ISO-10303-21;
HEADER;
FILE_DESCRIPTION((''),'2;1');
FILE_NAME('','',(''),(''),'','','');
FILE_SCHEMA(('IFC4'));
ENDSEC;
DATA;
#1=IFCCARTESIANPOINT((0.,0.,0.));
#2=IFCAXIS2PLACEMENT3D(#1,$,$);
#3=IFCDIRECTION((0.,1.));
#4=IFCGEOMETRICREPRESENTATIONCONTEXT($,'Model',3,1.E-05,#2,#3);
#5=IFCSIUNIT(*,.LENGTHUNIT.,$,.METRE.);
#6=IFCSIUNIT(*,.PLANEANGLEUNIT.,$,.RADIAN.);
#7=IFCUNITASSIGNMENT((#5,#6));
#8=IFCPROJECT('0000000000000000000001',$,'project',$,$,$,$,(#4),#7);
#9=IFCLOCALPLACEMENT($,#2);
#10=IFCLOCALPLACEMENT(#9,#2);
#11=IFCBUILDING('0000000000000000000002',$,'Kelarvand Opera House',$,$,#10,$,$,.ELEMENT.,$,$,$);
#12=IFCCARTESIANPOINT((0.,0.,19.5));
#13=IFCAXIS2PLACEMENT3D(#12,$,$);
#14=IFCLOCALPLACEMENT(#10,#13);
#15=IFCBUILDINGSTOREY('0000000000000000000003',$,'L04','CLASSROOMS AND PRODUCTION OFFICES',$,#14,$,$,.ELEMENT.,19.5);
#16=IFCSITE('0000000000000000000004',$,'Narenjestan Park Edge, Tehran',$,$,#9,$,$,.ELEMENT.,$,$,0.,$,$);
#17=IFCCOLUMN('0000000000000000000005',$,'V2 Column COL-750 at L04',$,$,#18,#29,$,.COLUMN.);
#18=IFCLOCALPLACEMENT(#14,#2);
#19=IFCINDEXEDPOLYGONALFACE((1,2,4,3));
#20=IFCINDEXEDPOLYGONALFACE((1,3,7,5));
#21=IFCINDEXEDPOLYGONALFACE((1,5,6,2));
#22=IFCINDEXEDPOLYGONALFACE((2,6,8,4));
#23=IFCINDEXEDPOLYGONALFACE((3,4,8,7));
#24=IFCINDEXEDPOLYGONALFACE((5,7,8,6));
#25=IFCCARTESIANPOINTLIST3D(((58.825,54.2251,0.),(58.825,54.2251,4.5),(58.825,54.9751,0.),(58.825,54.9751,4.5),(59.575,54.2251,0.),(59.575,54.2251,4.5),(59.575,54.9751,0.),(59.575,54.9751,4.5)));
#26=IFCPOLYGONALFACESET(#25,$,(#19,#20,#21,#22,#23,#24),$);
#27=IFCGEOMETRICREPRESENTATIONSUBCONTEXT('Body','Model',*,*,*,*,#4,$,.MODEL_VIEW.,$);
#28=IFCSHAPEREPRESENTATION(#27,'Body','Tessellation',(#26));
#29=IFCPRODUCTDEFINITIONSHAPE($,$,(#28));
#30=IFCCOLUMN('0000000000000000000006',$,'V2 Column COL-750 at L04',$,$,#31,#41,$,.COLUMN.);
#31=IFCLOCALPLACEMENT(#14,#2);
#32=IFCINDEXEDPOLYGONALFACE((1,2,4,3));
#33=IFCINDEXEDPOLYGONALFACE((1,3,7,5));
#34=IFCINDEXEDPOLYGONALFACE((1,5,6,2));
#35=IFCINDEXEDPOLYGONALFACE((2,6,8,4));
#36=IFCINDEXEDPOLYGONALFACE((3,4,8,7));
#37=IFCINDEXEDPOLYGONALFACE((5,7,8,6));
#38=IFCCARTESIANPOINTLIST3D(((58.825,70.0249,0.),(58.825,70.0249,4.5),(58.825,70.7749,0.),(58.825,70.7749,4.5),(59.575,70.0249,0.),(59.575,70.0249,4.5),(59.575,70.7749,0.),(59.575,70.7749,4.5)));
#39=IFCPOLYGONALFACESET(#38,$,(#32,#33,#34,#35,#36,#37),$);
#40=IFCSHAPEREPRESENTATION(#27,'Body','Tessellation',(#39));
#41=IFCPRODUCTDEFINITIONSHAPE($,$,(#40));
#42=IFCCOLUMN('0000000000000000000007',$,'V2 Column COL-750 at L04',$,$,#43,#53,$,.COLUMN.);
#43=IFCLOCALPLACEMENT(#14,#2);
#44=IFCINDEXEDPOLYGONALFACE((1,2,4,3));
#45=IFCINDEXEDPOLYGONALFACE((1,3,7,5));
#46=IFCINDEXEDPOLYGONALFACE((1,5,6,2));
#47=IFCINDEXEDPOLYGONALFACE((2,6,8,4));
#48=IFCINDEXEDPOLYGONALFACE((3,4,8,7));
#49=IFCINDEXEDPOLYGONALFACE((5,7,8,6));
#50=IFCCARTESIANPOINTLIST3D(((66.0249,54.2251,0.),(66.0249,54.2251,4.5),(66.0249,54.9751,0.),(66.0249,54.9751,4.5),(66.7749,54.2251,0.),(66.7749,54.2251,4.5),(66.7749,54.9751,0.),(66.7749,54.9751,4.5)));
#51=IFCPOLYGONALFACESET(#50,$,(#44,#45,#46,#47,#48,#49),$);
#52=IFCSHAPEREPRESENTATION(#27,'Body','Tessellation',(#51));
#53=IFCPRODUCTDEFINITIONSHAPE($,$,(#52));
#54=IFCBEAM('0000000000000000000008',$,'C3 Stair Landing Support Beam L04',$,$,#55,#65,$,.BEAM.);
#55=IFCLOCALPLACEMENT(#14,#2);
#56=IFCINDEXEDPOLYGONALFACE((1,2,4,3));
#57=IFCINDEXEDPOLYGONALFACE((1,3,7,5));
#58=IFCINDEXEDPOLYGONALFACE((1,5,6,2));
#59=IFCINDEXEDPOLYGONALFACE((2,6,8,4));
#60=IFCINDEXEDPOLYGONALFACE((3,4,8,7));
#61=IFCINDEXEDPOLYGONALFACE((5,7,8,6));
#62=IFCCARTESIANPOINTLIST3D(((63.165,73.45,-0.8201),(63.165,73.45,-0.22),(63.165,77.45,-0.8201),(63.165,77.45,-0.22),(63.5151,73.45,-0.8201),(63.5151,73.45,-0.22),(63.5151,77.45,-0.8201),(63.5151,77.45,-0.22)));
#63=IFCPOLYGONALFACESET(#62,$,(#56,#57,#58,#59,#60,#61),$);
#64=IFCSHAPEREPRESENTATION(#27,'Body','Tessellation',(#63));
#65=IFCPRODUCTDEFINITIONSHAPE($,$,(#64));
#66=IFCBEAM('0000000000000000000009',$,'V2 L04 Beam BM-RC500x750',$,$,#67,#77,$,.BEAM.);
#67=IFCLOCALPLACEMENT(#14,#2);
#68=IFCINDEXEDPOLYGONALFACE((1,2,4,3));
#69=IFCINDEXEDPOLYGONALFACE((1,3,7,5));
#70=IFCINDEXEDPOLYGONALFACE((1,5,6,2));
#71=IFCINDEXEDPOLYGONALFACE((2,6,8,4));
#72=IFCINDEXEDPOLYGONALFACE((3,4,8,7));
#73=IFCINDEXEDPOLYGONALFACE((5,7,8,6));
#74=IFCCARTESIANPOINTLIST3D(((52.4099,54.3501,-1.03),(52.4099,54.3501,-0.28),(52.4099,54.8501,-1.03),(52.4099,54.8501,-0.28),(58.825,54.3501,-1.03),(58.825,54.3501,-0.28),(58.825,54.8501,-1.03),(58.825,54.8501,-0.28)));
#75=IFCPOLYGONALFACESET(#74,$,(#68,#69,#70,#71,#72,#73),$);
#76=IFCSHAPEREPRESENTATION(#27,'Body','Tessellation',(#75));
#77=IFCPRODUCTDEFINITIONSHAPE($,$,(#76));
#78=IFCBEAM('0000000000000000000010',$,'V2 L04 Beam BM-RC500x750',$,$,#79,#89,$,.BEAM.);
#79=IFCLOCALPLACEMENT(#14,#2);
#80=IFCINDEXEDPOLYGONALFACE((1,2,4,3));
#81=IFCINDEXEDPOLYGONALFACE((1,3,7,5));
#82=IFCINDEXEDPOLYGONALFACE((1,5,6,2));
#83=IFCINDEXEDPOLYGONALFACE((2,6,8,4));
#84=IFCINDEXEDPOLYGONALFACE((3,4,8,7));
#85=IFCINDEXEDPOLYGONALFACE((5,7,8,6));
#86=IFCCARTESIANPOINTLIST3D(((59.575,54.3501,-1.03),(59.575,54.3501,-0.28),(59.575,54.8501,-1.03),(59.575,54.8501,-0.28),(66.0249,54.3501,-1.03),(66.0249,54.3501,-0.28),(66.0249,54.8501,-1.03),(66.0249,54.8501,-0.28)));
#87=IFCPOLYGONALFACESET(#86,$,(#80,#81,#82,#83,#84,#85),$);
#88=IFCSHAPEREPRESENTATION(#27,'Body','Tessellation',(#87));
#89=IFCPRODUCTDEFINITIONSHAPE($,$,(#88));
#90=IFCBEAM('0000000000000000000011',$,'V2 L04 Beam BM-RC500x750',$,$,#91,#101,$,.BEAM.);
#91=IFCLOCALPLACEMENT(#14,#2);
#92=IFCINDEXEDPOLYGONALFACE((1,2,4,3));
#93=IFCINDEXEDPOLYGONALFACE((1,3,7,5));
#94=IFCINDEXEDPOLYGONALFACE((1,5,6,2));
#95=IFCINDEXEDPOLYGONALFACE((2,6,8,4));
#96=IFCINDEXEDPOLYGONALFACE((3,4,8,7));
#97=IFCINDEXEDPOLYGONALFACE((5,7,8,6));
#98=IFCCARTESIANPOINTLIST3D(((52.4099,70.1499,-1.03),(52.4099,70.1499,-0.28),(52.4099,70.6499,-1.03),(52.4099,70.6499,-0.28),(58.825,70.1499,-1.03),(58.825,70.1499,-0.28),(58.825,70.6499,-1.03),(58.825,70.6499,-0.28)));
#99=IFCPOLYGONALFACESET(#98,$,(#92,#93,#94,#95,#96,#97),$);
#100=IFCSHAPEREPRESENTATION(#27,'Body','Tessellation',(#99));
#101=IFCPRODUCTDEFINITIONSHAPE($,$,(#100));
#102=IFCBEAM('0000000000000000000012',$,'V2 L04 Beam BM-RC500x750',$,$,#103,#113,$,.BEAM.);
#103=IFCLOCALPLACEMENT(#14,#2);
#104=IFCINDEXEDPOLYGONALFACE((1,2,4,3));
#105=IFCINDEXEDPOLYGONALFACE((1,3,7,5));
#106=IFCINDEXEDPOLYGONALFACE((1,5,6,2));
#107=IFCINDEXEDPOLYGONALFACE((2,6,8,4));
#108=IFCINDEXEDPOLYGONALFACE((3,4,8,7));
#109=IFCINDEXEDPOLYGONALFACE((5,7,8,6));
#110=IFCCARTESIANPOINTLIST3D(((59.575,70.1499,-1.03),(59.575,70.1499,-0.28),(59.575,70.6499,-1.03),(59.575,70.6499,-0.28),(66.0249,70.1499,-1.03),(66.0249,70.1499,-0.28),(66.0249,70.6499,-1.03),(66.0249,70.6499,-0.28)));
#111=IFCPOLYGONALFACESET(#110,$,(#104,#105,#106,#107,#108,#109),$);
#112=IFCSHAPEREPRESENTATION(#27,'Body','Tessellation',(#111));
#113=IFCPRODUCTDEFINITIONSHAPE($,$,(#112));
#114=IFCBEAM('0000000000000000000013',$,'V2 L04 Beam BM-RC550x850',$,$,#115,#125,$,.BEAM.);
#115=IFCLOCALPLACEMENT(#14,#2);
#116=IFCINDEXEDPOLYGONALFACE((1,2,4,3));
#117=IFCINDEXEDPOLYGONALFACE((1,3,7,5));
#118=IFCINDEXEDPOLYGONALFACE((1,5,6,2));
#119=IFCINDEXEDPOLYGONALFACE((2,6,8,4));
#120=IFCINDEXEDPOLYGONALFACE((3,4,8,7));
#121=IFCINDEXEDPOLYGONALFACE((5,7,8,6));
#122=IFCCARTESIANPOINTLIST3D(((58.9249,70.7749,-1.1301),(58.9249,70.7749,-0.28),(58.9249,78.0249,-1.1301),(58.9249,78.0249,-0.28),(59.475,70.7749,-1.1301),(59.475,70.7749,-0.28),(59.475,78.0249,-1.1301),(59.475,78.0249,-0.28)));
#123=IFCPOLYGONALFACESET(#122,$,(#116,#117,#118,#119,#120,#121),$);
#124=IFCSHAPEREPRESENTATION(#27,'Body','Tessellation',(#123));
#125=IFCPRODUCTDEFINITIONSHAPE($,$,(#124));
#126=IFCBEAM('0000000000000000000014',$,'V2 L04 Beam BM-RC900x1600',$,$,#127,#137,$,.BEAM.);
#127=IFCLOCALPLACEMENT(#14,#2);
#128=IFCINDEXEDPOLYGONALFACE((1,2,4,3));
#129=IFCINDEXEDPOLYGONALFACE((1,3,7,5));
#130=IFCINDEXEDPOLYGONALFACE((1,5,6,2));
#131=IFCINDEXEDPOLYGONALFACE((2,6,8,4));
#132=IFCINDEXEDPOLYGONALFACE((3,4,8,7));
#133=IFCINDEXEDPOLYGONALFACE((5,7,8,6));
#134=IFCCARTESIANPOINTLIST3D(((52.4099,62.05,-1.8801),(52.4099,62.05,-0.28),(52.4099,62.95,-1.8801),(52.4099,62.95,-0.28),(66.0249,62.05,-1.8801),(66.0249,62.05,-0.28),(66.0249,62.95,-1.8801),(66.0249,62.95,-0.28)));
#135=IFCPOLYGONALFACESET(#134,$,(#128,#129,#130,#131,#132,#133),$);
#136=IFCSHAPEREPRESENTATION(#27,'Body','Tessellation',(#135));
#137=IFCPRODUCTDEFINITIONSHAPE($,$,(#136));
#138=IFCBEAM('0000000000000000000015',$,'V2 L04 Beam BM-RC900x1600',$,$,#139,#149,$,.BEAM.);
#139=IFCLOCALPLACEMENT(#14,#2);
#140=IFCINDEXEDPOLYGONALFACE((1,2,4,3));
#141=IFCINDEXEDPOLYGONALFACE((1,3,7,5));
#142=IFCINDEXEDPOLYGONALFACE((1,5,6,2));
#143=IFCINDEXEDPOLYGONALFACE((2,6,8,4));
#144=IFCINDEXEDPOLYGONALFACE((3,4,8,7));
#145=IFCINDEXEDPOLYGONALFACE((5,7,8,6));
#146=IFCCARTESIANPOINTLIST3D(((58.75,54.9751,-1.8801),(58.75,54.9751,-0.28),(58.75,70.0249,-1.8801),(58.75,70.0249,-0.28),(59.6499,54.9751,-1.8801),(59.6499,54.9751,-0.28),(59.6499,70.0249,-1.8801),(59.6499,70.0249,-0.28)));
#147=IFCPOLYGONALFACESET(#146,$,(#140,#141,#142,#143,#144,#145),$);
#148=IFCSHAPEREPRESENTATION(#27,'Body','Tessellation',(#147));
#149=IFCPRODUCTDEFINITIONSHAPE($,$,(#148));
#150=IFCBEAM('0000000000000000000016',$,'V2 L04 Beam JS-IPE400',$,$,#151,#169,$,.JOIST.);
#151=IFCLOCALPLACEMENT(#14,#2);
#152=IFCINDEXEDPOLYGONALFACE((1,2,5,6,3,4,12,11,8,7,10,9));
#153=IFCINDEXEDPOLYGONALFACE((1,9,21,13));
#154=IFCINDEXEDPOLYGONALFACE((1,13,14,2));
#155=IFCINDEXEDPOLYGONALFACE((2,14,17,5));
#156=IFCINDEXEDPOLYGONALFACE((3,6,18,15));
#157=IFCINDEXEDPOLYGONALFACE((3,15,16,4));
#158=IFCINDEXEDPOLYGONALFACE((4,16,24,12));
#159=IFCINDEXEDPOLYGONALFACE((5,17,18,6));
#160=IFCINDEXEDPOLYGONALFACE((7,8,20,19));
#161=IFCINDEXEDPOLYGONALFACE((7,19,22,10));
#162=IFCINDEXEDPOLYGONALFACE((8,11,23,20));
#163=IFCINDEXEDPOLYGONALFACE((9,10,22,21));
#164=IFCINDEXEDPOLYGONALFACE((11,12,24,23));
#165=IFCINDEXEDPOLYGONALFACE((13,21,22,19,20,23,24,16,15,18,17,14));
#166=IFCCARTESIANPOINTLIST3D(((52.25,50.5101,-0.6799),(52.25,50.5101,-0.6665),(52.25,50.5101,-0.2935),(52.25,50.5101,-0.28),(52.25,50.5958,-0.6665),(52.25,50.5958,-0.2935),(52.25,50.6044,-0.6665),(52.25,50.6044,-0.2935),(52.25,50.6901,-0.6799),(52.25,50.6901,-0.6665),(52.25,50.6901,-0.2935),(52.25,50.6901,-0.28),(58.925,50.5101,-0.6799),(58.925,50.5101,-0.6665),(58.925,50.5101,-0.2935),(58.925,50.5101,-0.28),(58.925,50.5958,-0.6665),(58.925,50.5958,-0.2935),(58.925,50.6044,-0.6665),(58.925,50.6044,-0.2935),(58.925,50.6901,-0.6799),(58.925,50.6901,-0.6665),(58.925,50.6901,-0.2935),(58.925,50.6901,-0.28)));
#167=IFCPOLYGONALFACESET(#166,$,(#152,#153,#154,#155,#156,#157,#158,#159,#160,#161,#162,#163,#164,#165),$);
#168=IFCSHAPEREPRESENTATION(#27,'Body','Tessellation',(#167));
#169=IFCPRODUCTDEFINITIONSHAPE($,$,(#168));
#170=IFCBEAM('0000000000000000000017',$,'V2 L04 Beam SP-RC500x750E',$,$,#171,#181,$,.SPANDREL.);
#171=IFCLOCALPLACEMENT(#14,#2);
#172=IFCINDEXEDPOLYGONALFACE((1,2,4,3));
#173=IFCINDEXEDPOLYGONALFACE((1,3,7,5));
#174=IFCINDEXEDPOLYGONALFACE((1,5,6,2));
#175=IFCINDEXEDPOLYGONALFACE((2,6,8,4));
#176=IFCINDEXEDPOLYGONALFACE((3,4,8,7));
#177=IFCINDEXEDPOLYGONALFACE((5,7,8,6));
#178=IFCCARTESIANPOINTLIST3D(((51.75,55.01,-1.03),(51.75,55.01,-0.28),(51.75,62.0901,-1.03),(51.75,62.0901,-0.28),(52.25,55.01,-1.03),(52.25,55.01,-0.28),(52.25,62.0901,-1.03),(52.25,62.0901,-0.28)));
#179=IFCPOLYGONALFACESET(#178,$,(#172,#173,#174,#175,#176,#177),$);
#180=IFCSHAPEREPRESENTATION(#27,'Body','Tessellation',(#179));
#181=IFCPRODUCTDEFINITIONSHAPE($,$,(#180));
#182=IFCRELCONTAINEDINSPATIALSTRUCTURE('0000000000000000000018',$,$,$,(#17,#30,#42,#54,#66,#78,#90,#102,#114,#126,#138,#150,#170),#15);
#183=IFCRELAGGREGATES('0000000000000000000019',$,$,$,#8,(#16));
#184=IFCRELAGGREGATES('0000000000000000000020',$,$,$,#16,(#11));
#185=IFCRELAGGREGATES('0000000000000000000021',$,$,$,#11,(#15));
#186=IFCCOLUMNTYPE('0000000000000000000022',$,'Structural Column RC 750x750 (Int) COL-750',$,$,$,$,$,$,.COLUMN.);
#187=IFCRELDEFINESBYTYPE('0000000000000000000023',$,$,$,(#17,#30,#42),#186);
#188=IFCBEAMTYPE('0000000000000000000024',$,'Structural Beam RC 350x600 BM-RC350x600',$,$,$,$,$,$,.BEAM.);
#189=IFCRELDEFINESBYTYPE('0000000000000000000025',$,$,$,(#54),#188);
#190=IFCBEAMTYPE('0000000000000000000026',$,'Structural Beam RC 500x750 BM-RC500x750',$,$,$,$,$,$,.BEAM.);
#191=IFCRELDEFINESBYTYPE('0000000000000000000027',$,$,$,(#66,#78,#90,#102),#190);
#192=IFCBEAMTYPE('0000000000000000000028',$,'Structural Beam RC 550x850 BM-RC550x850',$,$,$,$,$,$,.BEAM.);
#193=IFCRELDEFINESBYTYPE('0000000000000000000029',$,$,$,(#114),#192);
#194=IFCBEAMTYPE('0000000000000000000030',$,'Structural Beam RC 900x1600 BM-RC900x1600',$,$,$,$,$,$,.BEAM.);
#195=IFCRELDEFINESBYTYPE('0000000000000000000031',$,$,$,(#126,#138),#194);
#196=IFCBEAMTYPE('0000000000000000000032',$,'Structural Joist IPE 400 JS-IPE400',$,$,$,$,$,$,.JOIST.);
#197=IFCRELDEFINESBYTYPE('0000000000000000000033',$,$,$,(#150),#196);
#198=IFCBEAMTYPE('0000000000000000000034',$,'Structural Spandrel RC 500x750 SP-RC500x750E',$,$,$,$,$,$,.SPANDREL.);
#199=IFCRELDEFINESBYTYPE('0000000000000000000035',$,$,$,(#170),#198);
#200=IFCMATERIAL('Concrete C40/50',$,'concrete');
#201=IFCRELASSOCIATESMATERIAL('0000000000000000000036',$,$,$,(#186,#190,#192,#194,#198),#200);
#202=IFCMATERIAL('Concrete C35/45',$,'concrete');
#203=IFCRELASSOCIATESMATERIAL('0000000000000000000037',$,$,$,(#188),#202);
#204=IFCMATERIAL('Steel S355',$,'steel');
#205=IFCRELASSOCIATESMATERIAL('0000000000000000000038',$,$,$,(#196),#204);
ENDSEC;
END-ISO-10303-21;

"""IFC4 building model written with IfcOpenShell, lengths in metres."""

from ifc_helpers import new_model, si_unit, direction, frame, origin, origin_2d, place, context, subcontext, project, spatial, rectangle, i_section, extrude, material, material_profile, profile_set, type_object, element, save


model = new_model("IFC4")

# Units and contexts
model_context = context("Model", 3, precision=1e-05, world=origin(), true_north=direction((0.0, 1.0)))
body_context = subcontext(model_context, "Body", "Model", "MODEL_VIEW")
ifc_project = project(units=[si_unit("LENGTHUNIT", "METRE"), si_unit("PLANEANGLEUNIT", "RADIAN")], contexts=[model_context])

# Site, building, storey
site_placement = place(None, origin())
site = spatial("IfcSite", under=ifc_project, at=site_placement, Name="Narenjestan Park Edge, Tehran", CompositionType="ELEMENT", RefElevation=0.0)
building_placement = place(site_placement, origin())
building = spatial("IfcBuilding", under=site, at=building_placement, Name="Kelarvand Opera House", CompositionType="ELEMENT")
storey_placement = place(building_placement, frame((0.0, 0.0, 19.5)))
storey = spatial("IfcBuildingStorey", under=building, at=storey_placement, Name="L04", Description="CLASSROOMS AND PRODUCTION OFFICES", CompositionType="ELEMENT", Elevation=19.5)

# Columns
ifc_material_1 = material(Name="Concrete C40/50", Category="concrete")
ifc_material_profile_1 = material_profile(ifc_material_1, rectangle(XDim=0.75, YDim=0.75, at=origin_2d()), Name="RC 750x750", Category="concrete")
ifc_profile_set_1 = profile_set([ifc_material_profile_1], Name="Concrete C40/50")
column_type = type_object("IfcColumnType", Name="Structural Column RC 750x750 (Int) COL-750", PredefinedType="COLUMN", material=ifc_profile_set_1)
for number, where, z_axis, x_axis, name in (
    (1, (59.2, 54.6001, 0.0), (0.0, 0.0, 1.0), (1.0, 0.0, 0.0), "V2 Column COL-750 at L04"),
    (2, (59.2, 70.3999, 0.0), (0.0, 0.0, 1.0), (1.0, 0.0, 0.0), "V2 Column COL-750 at L04"),
    (3, (66.3999, 54.6001, 0.0), (0.0, 0.0, 1.0), (1.0, 0.0, 0.0), "V2 Column COL-750 at L04"),
):
    element("IfcColumn", number, at=place(storey_placement, frame(where, z_axis=z_axis, x_axis=x_axis)), inside=storey, type_object=column_type, Name=name, PredefinedType="COLUMN", context=body_context, shape_type="SweptSolid", body=[
        extrude(rectangle(XDim=0.75, YDim=0.75, at=origin_2d()), origin(), (0.0, 0.0, 1.0), 4.5),
    ])

# Beams
ifc_material_2 = material(Name="Concrete C35/45", Category="concrete")
ifc_material_profile_2 = material_profile(ifc_material_2, rectangle(XDim=0.3501, YDim=0.6001, at=origin_2d()), Name="RC 350x600", Category="concrete")
ifc_profile_set_2 = profile_set([ifc_material_profile_2], Name="Concrete C35/45")
beam_type_1 = type_object("IfcBeamType", Name="Structural Beam RC 350x600 BM-RC350x600", PredefinedType="BEAM", material=ifc_profile_set_2)
beam_1_placement = place(storey_placement, frame((63.3401, 73.45, -0.52), z_axis=(0.0, 1.0, 0.0), x_axis=(-1.0, 0.0, 0.0)))
element("IfcBeam", 4, at=beam_1_placement, inside=storey, type_object=beam_type_1, Name="C3 Stair Landing Support Beam L04", PredefinedType="BEAM", context=body_context, shape_type="SweptSolid", body=[
    extrude(rectangle(XDim=0.3501, YDim=0.6001, at=origin_2d()), origin(), (0.0, 0.0, 1.0), 4.0),
])
ifc_material_profile_3 = material_profile(ifc_material_1, rectangle(XDim=0.5, YDim=0.75, at=origin_2d()), Name="RC 500x750", Category="concrete")
ifc_profile_set_3 = profile_set([ifc_material_profile_3], Name="Concrete C40/50")
beam_type_2 = type_object("IfcBeamType", Name="Structural Beam RC 500x750 BM-RC500x750", PredefinedType="BEAM", material=ifc_profile_set_3)
beam_2_placement = place(storey_placement, frame((52.4099, 54.6001, -0.655), z_axis=(1.0, 0.0, 0.0), x_axis=(0.0, 1.0, 0.0)))
element("IfcBeam", 5, at=beam_2_placement, inside=storey, type_object=beam_type_2, Name="V2 L04 Beam BM-RC500x750", PredefinedType="BEAM", context=body_context, shape_type="SweptSolid", body=[
    extrude(rectangle(XDim=0.5, YDim=0.75, at=origin_2d()), origin(), (0.0, 0.0, 1.0), 6.415),
])
beam_3_placement = place(storey_placement, frame((59.575, 54.6001, -0.655), z_axis=(1.0, 0.0, 0.0), x_axis=(0.0, 1.0, 0.0)))
element("IfcBeam", 6, at=beam_3_placement, inside=storey, type_object=beam_type_2, Name="V2 L04 Beam BM-RC500x750", PredefinedType="BEAM", context=body_context, shape_type="SweptSolid", body=[
    extrude(rectangle(XDim=0.5, YDim=0.75, at=origin_2d()), origin(), (0.0, 0.0, 1.0), 6.45),
])
beam_4_placement = place(storey_placement, frame((52.4099, 70.3999, -0.655), z_axis=(1.0, 0.0, 0.0), x_axis=(0.0, 1.0, 0.0)))
element("IfcBeam", 7, at=beam_4_placement, inside=storey, type_object=beam_type_2, Name="V2 L04 Beam BM-RC500x750", PredefinedType="BEAM", context=body_context, shape_type="SweptSolid", body=[
    extrude(rectangle(XDim=0.5, YDim=0.75, at=origin_2d()), origin(), (0.0, 0.0, 1.0), 6.415),
])
beam_5_placement = place(storey_placement, frame((59.575, 70.3999, -0.655), z_axis=(1.0, 0.0, 0.0), x_axis=(0.0, 1.0, 0.0)))
element("IfcBeam", 8, at=beam_5_placement, inside=storey, type_object=beam_type_2, Name="V2 L04 Beam BM-RC500x750", PredefinedType="BEAM", context=body_context, shape_type="SweptSolid", body=[
    extrude(rectangle(XDim=0.5, YDim=0.75, at=origin_2d()), origin(), (0.0, 0.0, 1.0), 6.45),
])
ifc_material_profile_4 = material_profile(ifc_material_1, rectangle(XDim=0.55, YDim=0.8501, at=origin_2d()), Name="RC 550x850", Category="concrete")
ifc_profile_set_4 = profile_set([ifc_material_profile_4], Name="Concrete C40/50")
beam_type_3 = type_object("IfcBeamType", Name="Structural Beam RC 550x850 BM-RC550x850", PredefinedType="BEAM", material=ifc_profile_set_4)
beam_6_placement = place(storey_placement, frame((59.2, 70.7749, -0.7051), z_axis=(0.0, 1.0, 0.0), x_axis=(-1.0, 0.0, 0.0)))
element("IfcBeam", 9, at=beam_6_placement, inside=storey, type_object=beam_type_3, Name="V2 L04 Beam BM-RC550x850", PredefinedType="BEAM", context=body_context, shape_type="SweptSolid", body=[
    extrude(rectangle(XDim=0.55, YDim=0.8501, at=origin_2d()), origin(), (0.0, 0.0, 1.0), 7.25),
])
ifc_material_profile_5 = material_profile(ifc_material_1, rectangle(XDim=0.8999, YDim=1.6001, at=origin_2d()), Name="RC 900x1600", Category="concrete")
ifc_profile_set_5 = profile_set([ifc_material_profile_5], Name="Concrete C40/50")
beam_type_4 = type_object("IfcBeamType", Name="Structural Beam RC 900x1600 BM-RC900x1600", PredefinedType="BEAM", material=ifc_profile_set_5)
beam_7_placement = place(storey_placement, frame((52.4099, 62.5, -1.0801), z_axis=(1.0, 0.0, 0.0), x_axis=(0.0, 1.0, 0.0)))
element("IfcBeam", 10, at=beam_7_placement, inside=storey, type_object=beam_type_4, Name="V2 L04 Beam BM-RC900x1600", PredefinedType="BEAM", context=body_context, shape_type="SweptSolid", body=[
    extrude(rectangle(XDim=0.8999, YDim=1.6001, at=origin_2d()), origin(), (0.0, 0.0, 1.0), 13.615),
])
beam_8_placement = place(storey_placement, frame((59.2, 54.9751, -1.0801), z_axis=(0.0, 1.0, 0.0), x_axis=(-1.0, 0.0, 0.0)))
element("IfcBeam", 11, at=beam_8_placement, inside=storey, type_object=beam_type_4, Name="V2 L04 Beam BM-RC900x1600", PredefinedType="BEAM", context=body_context, shape_type="SweptSolid", body=[
    extrude(rectangle(XDim=0.8999, YDim=1.6001, at=origin_2d()), origin(), (0.0, 0.0, 1.0), 15.0498),
])
ifc_material_3 = material(Name="Steel S355", Category="steel")
ifc_material_profile_6 = material_profile(ifc_material_3, i_section(OverallWidth=0.1799, OverallDepth=0.3999, WebThickness=0.0085, FlangeThickness=0.0134, at=origin_2d()), Name="IPE 400", Category="steel")
ifc_profile_set_6 = profile_set([ifc_material_profile_6], Name="Steel S355")
beam_type_5 = type_object("IfcBeamType", Name="Structural Joist IPE 400 JS-IPE400", PredefinedType="JOIST", material=ifc_profile_set_6)
beam_9_placement = place(storey_placement, frame((52.25, 50.6001, -0.48), z_axis=(1.0, 0.0, 0.0), x_axis=(0.0, 1.0, 0.0)))
element("IfcBeam", 12, at=beam_9_placement, inside=storey, type_object=beam_type_5, Name="V2 L04 Beam JS-IPE400", PredefinedType="JOIST", context=body_context, shape_type="SweptSolid", body=[
    extrude(i_section(OverallWidth=0.1799, OverallDepth=0.3999, WebThickness=0.0085, FlangeThickness=0.0134, at=origin_2d()), origin(), (0.0, 0.0, 1.0), 6.675),
])
ifc_material_profile_7 = material_profile(ifc_material_1, rectangle(XDim=0.5, YDim=0.75, at=origin_2d()), Name="RC 500x750", Category="concrete")
ifc_profile_set_7 = profile_set([ifc_material_profile_7], Name="Concrete C40/50")
beam_type_6 = type_object("IfcBeamType", Name="Structural Spandrel RC 500x750 SP-RC500x750E", PredefinedType="SPANDREL", material=ifc_profile_set_7)
for number, where, z_axis, x_axis, name in (
    (13, (52.0, 55.01, -0.655), (0.0, 1.0, 0.0), (-1.0, 0.0, 0.0), "V2 L04 Beam SP-RC500x750E"),
):
    element("IfcBeam", number, at=place(storey_placement, frame(where, z_axis=z_axis, x_axis=x_axis)), inside=storey, type_object=beam_type_6, Name=name, PredefinedType="SPANDREL", context=body_context, shape_type="SweptSolid", body=[
        extrude(rectangle(XDim=0.5, YDim=0.75, at=origin_2d()), origin(), (0.0, 0.0, 1.0), 7.0801),
    ])

save(model, "model.ifc")
